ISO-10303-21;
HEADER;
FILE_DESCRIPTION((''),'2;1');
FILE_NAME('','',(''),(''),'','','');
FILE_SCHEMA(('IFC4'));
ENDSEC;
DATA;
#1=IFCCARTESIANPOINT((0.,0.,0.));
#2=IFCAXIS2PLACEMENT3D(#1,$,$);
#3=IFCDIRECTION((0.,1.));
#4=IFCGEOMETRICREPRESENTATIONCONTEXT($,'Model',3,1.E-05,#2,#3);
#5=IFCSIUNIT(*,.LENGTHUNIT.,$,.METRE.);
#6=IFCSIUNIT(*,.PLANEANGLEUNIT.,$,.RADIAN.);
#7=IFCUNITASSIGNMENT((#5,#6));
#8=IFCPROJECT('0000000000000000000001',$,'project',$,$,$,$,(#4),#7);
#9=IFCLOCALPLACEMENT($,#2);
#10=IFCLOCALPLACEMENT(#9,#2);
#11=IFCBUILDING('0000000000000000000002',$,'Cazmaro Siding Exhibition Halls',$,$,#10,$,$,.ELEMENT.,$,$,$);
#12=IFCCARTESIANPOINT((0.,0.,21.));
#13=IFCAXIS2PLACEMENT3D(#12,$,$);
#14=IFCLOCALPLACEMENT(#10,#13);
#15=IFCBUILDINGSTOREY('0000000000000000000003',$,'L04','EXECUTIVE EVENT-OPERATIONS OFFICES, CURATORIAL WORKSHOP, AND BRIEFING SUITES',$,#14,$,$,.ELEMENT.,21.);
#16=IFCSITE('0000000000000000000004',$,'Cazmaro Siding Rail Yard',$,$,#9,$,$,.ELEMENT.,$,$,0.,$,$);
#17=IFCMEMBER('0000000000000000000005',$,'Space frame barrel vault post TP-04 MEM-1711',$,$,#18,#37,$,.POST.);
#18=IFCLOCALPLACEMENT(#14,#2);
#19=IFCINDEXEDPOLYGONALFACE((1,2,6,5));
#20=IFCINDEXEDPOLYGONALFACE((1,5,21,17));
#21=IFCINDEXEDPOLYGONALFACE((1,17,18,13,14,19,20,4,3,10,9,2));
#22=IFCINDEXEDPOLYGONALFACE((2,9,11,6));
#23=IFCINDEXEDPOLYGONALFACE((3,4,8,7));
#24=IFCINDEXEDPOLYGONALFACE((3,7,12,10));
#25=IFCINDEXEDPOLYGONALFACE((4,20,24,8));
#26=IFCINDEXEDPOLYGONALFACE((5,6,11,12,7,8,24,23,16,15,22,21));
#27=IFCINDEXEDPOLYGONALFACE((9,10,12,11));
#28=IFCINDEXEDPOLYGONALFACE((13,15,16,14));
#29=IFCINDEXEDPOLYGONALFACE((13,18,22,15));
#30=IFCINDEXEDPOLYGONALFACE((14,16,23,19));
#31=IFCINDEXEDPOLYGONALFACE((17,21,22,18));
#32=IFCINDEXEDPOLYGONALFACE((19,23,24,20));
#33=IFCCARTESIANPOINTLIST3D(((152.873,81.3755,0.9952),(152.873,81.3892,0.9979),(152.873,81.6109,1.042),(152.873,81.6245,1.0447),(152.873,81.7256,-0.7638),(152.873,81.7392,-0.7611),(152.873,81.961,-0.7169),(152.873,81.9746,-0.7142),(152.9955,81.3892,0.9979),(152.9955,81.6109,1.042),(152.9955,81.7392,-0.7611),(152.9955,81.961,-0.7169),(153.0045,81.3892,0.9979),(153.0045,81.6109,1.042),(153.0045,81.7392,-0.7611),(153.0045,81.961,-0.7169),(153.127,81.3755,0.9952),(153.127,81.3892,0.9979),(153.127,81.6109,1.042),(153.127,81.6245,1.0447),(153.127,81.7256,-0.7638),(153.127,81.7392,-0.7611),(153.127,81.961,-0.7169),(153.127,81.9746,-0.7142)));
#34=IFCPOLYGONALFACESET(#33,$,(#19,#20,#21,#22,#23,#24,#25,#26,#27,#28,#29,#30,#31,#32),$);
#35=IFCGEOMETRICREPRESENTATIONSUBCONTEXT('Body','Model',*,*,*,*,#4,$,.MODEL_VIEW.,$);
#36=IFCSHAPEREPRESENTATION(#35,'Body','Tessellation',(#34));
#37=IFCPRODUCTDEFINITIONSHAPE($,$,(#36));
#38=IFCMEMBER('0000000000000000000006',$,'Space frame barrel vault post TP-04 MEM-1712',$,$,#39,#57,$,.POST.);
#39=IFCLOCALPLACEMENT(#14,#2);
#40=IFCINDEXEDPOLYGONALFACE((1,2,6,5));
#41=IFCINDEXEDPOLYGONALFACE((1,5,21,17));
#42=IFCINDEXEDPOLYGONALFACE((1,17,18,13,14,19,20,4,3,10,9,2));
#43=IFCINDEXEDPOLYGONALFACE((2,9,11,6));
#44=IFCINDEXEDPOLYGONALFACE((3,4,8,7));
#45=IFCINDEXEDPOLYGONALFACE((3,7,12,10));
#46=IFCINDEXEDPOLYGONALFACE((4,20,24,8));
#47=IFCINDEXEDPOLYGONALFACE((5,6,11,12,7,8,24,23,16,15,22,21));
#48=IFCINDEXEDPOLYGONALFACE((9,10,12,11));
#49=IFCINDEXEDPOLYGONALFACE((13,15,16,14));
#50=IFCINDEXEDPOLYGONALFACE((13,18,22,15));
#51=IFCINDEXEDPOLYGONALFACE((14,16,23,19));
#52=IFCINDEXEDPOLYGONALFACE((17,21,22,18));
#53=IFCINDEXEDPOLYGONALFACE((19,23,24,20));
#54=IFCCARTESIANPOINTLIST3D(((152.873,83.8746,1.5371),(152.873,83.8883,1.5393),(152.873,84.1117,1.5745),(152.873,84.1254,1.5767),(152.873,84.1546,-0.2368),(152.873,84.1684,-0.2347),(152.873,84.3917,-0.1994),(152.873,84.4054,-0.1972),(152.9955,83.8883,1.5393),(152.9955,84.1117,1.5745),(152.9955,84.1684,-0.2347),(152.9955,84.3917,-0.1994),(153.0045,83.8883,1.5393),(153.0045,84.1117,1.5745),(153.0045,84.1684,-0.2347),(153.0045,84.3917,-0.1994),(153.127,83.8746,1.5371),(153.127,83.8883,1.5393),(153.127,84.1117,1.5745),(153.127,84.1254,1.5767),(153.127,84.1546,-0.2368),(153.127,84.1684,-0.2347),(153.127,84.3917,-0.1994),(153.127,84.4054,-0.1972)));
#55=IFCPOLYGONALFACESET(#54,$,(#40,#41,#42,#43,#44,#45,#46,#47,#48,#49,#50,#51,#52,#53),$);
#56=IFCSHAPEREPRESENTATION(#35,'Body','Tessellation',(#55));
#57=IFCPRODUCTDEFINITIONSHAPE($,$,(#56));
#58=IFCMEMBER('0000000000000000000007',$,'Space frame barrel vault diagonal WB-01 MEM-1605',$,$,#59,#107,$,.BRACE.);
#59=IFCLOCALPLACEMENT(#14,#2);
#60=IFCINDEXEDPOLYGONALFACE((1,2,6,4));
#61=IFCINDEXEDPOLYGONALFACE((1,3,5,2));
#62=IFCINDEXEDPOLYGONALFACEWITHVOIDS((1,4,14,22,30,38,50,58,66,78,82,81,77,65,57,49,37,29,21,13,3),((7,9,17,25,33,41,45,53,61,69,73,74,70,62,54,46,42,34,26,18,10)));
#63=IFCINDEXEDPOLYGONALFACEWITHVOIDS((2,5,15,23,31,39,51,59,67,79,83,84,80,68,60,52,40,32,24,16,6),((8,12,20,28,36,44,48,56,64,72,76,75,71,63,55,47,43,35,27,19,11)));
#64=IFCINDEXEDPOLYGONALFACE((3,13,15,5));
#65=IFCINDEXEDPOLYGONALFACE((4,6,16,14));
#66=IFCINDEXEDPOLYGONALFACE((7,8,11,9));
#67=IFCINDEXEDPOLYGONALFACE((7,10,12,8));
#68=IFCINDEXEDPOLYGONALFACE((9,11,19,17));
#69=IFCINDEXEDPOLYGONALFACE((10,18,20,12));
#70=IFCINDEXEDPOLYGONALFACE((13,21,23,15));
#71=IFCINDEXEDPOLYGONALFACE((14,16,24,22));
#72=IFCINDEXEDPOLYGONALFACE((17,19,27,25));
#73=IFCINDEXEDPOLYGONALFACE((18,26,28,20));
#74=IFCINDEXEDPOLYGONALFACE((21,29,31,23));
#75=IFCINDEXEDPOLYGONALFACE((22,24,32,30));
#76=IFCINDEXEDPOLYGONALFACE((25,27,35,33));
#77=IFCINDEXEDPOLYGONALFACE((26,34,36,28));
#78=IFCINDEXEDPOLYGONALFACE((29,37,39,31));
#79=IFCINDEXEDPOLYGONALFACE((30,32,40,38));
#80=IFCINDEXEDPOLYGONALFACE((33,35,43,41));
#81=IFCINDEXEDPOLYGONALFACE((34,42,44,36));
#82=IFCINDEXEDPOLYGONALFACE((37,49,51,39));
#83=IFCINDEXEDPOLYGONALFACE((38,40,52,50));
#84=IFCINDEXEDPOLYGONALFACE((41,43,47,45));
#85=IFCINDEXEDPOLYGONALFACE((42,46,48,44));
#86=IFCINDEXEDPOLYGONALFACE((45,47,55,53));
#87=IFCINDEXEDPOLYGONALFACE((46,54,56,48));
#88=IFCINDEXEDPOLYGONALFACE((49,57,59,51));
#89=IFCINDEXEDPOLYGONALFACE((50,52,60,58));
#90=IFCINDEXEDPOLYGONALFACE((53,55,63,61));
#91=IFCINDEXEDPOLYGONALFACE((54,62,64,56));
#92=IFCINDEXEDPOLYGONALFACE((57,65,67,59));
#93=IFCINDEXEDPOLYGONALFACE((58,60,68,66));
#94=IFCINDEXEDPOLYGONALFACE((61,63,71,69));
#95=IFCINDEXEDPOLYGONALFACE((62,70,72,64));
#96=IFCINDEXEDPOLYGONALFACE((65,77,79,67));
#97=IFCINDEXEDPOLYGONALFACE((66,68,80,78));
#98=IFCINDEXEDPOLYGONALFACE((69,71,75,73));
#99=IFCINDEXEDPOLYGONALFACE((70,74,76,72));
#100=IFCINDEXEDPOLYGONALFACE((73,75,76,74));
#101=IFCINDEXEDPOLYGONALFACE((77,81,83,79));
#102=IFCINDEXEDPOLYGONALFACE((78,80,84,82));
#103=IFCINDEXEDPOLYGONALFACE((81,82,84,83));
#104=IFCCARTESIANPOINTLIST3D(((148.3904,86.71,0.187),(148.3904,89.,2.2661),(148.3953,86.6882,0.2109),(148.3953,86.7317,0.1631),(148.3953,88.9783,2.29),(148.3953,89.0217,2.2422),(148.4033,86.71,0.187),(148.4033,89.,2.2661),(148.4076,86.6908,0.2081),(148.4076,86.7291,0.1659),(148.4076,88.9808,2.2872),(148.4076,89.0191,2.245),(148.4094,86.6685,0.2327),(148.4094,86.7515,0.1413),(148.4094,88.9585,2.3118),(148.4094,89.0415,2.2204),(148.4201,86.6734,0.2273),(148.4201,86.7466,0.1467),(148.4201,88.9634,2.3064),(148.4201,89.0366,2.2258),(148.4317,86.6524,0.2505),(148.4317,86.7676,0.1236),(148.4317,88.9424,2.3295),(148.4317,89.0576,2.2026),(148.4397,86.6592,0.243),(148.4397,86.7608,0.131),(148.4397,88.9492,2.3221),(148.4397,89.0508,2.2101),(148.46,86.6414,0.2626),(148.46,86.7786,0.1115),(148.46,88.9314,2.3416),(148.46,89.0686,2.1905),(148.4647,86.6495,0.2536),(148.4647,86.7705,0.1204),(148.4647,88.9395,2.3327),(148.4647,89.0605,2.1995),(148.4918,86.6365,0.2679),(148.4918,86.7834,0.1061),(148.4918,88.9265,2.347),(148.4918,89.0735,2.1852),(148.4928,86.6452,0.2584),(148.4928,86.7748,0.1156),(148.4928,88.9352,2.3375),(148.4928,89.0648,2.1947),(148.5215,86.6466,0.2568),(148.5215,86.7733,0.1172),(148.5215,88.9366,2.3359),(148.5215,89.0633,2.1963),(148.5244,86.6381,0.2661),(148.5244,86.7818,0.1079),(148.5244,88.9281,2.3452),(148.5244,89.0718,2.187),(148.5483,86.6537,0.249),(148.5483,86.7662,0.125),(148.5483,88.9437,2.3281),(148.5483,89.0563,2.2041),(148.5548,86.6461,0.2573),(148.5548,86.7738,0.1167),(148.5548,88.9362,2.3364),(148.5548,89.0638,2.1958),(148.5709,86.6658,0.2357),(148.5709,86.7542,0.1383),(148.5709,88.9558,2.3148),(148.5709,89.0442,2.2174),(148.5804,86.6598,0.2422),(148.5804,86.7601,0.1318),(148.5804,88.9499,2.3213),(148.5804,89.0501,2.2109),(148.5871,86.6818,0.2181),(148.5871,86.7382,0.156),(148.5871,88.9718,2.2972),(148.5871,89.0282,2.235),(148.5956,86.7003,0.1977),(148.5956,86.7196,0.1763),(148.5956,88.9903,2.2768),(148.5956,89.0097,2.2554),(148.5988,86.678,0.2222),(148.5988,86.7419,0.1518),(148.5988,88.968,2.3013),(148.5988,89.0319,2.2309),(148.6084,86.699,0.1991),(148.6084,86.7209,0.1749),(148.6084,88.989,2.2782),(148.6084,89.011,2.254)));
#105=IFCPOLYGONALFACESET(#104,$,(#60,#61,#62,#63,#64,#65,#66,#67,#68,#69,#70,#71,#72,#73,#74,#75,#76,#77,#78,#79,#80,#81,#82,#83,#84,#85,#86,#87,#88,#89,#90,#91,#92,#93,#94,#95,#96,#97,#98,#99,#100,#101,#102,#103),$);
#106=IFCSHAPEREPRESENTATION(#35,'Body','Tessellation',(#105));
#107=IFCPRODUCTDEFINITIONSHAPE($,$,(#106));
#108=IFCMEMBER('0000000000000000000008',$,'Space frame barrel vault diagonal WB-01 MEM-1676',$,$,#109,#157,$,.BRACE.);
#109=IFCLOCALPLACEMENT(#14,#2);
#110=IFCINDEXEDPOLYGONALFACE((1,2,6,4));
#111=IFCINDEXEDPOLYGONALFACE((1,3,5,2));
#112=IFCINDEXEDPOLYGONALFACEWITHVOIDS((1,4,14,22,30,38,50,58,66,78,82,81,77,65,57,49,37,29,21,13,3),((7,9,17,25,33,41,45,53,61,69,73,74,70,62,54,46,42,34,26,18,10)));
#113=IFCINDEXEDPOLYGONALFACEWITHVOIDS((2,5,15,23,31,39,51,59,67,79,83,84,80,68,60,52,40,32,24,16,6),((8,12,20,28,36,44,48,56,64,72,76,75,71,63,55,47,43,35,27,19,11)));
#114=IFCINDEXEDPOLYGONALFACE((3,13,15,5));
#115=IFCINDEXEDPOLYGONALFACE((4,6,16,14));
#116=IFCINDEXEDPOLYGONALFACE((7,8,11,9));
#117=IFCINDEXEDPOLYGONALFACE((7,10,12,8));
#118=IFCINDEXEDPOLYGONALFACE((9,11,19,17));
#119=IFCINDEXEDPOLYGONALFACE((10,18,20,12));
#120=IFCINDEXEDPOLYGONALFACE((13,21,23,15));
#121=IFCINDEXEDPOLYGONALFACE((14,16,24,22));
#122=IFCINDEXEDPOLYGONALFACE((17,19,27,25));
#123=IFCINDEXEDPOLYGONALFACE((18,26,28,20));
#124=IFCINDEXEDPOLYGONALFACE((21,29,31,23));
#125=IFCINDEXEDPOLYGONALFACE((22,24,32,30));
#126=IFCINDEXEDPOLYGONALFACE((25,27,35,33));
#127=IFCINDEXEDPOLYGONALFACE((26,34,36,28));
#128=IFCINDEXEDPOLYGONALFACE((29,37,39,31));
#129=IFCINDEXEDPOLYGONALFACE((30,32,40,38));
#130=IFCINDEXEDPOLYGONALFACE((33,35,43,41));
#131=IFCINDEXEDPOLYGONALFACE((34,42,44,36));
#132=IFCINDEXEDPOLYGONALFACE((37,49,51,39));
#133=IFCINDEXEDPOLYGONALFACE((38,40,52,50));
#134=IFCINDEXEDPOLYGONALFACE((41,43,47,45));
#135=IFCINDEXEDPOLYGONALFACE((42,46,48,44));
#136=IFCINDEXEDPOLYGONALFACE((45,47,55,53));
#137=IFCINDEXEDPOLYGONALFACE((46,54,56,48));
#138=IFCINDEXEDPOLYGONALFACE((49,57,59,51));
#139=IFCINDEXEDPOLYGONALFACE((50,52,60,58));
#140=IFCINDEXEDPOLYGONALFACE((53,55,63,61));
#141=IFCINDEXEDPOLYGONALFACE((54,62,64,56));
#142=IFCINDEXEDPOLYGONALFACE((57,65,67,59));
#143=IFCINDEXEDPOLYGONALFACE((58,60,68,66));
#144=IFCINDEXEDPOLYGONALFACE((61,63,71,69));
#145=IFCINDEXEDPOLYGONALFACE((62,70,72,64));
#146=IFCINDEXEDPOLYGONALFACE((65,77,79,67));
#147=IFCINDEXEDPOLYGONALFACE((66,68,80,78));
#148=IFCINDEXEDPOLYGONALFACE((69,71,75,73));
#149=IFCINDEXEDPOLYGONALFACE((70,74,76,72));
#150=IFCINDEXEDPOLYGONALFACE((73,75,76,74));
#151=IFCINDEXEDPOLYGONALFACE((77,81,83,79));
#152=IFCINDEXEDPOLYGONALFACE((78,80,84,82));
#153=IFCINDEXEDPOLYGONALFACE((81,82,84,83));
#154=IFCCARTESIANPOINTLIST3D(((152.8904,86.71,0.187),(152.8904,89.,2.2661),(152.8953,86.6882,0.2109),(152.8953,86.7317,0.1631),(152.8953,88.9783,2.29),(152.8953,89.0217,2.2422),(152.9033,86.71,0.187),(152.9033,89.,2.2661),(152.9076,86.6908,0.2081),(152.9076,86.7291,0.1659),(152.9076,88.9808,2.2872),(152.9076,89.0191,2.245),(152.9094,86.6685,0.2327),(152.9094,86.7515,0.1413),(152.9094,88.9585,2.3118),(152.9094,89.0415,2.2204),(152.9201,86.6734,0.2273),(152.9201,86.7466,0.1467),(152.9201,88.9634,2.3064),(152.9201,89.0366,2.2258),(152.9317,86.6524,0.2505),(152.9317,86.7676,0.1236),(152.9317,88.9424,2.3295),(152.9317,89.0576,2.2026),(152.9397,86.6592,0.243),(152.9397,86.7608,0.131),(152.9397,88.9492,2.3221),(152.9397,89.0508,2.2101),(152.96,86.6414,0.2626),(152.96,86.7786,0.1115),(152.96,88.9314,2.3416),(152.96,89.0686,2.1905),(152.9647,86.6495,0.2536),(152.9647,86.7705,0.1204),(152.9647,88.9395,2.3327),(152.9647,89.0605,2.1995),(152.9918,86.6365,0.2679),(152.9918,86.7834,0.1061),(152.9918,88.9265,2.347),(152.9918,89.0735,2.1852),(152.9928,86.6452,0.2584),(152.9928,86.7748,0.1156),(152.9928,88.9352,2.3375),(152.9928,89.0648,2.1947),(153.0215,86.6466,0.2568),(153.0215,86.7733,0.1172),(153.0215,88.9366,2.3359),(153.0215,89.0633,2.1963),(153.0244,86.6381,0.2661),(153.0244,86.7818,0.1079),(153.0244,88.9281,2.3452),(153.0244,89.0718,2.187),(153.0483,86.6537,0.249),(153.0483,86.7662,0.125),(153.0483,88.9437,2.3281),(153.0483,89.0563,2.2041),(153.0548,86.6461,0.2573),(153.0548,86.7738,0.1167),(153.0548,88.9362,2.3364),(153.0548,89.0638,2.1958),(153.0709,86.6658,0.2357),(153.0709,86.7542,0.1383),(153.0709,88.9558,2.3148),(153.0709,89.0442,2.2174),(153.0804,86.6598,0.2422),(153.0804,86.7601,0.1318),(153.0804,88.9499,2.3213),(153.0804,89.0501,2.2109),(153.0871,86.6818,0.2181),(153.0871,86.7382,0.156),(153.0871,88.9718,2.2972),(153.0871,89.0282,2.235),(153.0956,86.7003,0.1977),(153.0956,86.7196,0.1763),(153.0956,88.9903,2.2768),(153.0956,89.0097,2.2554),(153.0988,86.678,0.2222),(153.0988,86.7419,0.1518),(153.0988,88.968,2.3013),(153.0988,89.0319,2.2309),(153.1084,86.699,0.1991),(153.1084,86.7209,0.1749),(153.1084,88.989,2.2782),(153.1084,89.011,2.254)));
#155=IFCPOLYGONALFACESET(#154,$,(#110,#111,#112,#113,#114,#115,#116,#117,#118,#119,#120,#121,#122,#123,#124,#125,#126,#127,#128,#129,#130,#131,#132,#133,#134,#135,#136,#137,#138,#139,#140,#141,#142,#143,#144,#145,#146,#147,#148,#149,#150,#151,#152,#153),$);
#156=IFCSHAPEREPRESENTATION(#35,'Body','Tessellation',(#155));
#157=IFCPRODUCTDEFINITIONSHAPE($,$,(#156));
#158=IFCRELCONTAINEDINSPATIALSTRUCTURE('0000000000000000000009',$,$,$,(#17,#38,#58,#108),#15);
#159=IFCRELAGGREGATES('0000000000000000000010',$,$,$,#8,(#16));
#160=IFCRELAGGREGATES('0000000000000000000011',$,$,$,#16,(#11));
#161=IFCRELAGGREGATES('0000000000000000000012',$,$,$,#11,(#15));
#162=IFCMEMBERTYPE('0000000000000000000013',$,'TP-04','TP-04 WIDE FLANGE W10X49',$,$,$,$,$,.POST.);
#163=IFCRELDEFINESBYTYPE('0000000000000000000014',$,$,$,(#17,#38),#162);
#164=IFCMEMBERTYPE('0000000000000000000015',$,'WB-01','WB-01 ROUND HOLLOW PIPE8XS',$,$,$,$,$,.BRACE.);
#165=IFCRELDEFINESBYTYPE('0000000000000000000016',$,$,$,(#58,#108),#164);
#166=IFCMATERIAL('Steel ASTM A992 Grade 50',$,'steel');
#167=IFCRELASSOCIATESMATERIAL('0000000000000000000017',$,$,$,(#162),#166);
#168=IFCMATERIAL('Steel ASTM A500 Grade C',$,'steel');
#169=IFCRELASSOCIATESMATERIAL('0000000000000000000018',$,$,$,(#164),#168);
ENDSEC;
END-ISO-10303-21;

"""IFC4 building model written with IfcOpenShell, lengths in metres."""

from ifc_helpers import new_model, si_unit, direction, frame, origin, origin_2d, place, context, subcontext, project, spatial, hollow_circle, i_section, extrude, material, material_profile, profile_set, type_object, element, save


model = new_model("IFC4")

# Units and contexts
model_context = context("Model", 3, precision=1e-05, world=origin(), true_north=direction((0.0, 1.0)))
body_context = subcontext(model_context, "Body", "Model", "MODEL_VIEW")
ifc_project = project(units=[si_unit("LENGTHUNIT", "METRE"), si_unit("PLANEANGLEUNIT", "RADIAN")], contexts=[model_context])

# Site, building, storey
site_placement = place(None, origin())
site = spatial("IfcSite", under=ifc_project, at=site_placement, Name="Cazmaro Siding Rail Yard", CompositionType="ELEMENT", RefElevation=0.0)
building_placement = place(site_placement, origin())
building = spatial("IfcBuilding", under=site, at=building_placement, Name="Cazmaro Siding Exhibition Halls", CompositionType="ELEMENT")
storey_placement = place(building_placement, frame((0.0, 0.0, 21.0)))
storey = spatial("IfcBuildingStorey", under=building, at=storey_placement, Name="L04", Description="EXECUTIVE EVENT-OPERATIONS OFFICES, CURATORIAL WORKSHOP, AND BRIEFING SUITES", CompositionType="ELEMENT", Elevation=21.0)

# Members
ifc_material_1 = material(Name="Steel ASTM A992 Grade 50", Category="steel")
ifc_material_profile_1 = material_profile(ifc_material_1, i_section(OverallWidth=0.2539, OverallDepth=0.2539, WebThickness=0.009, FlangeThickness=0.0139, at=origin_2d()), Name="W10X49")
ifc_profile_set_1 = profile_set([ifc_material_profile_1], Name="Steel ASTM A992 Grade 50")
member_type_1 = type_object("IfcMemberType", Name="TP-04", Description="TP-04 WIDE FLANGE W10X49", PredefinedType="POST", material=ifc_profile_set_1)
member_1_placement = place(storey_placement, frame((153.0, 81.8501, -0.739), z_axis=(0.0, -0.1952, 0.980763), x_axis=(1.0, 0.0, 0.0)))
element("IfcMember", 1, at=member_1_placement, inside=storey, type_object=member_type_1, Name="Space frame barrel vault post TP-04 MEM-1711", PredefinedType="POST", context=body_context, shape_type="SweptSolid", body=[
    extrude(i_section(OverallWidth=0.2539, OverallDepth=0.2539, WebThickness=0.009, FlangeThickness=0.0139, at=origin_2d()), origin(), (0.0, 0.0, 1.0), 1.7935),
])
member_2_placement = place(storey_placement, frame((153.0, 84.28, -0.217), z_axis=(0.0, -0.155928, 0.987768), x_axis=(1.0, 0.0, 0.0)))
element("IfcMember", 2, at=member_2_placement, inside=storey, type_object=member_type_1, Name="Space frame barrel vault post TP-04 MEM-1712", PredefinedType="POST", context=body_context, shape_type="SweptSolid", body=[
    extrude(i_section(OverallWidth=0.2539, OverallDepth=0.2539, WebThickness=0.009, FlangeThickness=0.0139, at=origin_2d()), origin(), (0.0, 0.0, 1.0), 1.7959),
])
ifc_material_2 = material(Name="Steel ASTM A500 Grade C", Category="steel")
ifc_material_profile_2 = material_profile(ifc_material_2, hollow_circle(Radius=0.1096, WallThickness=0.0129, at=origin_2d()), Name="PIPE8XS")
ifc_profile_set_2 = profile_set([ifc_material_profile_2], Name="Steel ASTM A500 Grade C")
member_type_2 = type_object("IfcMemberType", Name="WB-01", Description="WB-01 ROUND HOLLOW PIPE8XS", PredefinedType="BRACE", material=ifc_profile_set_2)
for number, where, z_axis, x_axis, name in (
    (3, (148.5, 86.71, 0.187), (0.0, 0.740383, 0.672185), (-1.0, 0.0, 0.0), "Space frame barrel vault diagonal WB-01 MEM-1605"),
    (4, (153.0, 86.71, 0.187), (0.0, 0.740383, 0.672185), (-1.0, 0.0, 0.0), "Space frame barrel vault diagonal WB-01 MEM-1676"),
):
    element("IfcMember", number, at=place(storey_placement, frame(where, z_axis=z_axis, x_axis=x_axis)), inside=storey, type_object=member_type_2, Name=name, PredefinedType="BRACE", context=body_context, shape_type="SweptSolid", body=[
        extrude(hollow_circle(Radius=0.1096, WallThickness=0.0129, at=origin_2d()), origin(), (0.0, 0.0, 1.0), 3.093),
    ])

save(model, "model.ifc")
